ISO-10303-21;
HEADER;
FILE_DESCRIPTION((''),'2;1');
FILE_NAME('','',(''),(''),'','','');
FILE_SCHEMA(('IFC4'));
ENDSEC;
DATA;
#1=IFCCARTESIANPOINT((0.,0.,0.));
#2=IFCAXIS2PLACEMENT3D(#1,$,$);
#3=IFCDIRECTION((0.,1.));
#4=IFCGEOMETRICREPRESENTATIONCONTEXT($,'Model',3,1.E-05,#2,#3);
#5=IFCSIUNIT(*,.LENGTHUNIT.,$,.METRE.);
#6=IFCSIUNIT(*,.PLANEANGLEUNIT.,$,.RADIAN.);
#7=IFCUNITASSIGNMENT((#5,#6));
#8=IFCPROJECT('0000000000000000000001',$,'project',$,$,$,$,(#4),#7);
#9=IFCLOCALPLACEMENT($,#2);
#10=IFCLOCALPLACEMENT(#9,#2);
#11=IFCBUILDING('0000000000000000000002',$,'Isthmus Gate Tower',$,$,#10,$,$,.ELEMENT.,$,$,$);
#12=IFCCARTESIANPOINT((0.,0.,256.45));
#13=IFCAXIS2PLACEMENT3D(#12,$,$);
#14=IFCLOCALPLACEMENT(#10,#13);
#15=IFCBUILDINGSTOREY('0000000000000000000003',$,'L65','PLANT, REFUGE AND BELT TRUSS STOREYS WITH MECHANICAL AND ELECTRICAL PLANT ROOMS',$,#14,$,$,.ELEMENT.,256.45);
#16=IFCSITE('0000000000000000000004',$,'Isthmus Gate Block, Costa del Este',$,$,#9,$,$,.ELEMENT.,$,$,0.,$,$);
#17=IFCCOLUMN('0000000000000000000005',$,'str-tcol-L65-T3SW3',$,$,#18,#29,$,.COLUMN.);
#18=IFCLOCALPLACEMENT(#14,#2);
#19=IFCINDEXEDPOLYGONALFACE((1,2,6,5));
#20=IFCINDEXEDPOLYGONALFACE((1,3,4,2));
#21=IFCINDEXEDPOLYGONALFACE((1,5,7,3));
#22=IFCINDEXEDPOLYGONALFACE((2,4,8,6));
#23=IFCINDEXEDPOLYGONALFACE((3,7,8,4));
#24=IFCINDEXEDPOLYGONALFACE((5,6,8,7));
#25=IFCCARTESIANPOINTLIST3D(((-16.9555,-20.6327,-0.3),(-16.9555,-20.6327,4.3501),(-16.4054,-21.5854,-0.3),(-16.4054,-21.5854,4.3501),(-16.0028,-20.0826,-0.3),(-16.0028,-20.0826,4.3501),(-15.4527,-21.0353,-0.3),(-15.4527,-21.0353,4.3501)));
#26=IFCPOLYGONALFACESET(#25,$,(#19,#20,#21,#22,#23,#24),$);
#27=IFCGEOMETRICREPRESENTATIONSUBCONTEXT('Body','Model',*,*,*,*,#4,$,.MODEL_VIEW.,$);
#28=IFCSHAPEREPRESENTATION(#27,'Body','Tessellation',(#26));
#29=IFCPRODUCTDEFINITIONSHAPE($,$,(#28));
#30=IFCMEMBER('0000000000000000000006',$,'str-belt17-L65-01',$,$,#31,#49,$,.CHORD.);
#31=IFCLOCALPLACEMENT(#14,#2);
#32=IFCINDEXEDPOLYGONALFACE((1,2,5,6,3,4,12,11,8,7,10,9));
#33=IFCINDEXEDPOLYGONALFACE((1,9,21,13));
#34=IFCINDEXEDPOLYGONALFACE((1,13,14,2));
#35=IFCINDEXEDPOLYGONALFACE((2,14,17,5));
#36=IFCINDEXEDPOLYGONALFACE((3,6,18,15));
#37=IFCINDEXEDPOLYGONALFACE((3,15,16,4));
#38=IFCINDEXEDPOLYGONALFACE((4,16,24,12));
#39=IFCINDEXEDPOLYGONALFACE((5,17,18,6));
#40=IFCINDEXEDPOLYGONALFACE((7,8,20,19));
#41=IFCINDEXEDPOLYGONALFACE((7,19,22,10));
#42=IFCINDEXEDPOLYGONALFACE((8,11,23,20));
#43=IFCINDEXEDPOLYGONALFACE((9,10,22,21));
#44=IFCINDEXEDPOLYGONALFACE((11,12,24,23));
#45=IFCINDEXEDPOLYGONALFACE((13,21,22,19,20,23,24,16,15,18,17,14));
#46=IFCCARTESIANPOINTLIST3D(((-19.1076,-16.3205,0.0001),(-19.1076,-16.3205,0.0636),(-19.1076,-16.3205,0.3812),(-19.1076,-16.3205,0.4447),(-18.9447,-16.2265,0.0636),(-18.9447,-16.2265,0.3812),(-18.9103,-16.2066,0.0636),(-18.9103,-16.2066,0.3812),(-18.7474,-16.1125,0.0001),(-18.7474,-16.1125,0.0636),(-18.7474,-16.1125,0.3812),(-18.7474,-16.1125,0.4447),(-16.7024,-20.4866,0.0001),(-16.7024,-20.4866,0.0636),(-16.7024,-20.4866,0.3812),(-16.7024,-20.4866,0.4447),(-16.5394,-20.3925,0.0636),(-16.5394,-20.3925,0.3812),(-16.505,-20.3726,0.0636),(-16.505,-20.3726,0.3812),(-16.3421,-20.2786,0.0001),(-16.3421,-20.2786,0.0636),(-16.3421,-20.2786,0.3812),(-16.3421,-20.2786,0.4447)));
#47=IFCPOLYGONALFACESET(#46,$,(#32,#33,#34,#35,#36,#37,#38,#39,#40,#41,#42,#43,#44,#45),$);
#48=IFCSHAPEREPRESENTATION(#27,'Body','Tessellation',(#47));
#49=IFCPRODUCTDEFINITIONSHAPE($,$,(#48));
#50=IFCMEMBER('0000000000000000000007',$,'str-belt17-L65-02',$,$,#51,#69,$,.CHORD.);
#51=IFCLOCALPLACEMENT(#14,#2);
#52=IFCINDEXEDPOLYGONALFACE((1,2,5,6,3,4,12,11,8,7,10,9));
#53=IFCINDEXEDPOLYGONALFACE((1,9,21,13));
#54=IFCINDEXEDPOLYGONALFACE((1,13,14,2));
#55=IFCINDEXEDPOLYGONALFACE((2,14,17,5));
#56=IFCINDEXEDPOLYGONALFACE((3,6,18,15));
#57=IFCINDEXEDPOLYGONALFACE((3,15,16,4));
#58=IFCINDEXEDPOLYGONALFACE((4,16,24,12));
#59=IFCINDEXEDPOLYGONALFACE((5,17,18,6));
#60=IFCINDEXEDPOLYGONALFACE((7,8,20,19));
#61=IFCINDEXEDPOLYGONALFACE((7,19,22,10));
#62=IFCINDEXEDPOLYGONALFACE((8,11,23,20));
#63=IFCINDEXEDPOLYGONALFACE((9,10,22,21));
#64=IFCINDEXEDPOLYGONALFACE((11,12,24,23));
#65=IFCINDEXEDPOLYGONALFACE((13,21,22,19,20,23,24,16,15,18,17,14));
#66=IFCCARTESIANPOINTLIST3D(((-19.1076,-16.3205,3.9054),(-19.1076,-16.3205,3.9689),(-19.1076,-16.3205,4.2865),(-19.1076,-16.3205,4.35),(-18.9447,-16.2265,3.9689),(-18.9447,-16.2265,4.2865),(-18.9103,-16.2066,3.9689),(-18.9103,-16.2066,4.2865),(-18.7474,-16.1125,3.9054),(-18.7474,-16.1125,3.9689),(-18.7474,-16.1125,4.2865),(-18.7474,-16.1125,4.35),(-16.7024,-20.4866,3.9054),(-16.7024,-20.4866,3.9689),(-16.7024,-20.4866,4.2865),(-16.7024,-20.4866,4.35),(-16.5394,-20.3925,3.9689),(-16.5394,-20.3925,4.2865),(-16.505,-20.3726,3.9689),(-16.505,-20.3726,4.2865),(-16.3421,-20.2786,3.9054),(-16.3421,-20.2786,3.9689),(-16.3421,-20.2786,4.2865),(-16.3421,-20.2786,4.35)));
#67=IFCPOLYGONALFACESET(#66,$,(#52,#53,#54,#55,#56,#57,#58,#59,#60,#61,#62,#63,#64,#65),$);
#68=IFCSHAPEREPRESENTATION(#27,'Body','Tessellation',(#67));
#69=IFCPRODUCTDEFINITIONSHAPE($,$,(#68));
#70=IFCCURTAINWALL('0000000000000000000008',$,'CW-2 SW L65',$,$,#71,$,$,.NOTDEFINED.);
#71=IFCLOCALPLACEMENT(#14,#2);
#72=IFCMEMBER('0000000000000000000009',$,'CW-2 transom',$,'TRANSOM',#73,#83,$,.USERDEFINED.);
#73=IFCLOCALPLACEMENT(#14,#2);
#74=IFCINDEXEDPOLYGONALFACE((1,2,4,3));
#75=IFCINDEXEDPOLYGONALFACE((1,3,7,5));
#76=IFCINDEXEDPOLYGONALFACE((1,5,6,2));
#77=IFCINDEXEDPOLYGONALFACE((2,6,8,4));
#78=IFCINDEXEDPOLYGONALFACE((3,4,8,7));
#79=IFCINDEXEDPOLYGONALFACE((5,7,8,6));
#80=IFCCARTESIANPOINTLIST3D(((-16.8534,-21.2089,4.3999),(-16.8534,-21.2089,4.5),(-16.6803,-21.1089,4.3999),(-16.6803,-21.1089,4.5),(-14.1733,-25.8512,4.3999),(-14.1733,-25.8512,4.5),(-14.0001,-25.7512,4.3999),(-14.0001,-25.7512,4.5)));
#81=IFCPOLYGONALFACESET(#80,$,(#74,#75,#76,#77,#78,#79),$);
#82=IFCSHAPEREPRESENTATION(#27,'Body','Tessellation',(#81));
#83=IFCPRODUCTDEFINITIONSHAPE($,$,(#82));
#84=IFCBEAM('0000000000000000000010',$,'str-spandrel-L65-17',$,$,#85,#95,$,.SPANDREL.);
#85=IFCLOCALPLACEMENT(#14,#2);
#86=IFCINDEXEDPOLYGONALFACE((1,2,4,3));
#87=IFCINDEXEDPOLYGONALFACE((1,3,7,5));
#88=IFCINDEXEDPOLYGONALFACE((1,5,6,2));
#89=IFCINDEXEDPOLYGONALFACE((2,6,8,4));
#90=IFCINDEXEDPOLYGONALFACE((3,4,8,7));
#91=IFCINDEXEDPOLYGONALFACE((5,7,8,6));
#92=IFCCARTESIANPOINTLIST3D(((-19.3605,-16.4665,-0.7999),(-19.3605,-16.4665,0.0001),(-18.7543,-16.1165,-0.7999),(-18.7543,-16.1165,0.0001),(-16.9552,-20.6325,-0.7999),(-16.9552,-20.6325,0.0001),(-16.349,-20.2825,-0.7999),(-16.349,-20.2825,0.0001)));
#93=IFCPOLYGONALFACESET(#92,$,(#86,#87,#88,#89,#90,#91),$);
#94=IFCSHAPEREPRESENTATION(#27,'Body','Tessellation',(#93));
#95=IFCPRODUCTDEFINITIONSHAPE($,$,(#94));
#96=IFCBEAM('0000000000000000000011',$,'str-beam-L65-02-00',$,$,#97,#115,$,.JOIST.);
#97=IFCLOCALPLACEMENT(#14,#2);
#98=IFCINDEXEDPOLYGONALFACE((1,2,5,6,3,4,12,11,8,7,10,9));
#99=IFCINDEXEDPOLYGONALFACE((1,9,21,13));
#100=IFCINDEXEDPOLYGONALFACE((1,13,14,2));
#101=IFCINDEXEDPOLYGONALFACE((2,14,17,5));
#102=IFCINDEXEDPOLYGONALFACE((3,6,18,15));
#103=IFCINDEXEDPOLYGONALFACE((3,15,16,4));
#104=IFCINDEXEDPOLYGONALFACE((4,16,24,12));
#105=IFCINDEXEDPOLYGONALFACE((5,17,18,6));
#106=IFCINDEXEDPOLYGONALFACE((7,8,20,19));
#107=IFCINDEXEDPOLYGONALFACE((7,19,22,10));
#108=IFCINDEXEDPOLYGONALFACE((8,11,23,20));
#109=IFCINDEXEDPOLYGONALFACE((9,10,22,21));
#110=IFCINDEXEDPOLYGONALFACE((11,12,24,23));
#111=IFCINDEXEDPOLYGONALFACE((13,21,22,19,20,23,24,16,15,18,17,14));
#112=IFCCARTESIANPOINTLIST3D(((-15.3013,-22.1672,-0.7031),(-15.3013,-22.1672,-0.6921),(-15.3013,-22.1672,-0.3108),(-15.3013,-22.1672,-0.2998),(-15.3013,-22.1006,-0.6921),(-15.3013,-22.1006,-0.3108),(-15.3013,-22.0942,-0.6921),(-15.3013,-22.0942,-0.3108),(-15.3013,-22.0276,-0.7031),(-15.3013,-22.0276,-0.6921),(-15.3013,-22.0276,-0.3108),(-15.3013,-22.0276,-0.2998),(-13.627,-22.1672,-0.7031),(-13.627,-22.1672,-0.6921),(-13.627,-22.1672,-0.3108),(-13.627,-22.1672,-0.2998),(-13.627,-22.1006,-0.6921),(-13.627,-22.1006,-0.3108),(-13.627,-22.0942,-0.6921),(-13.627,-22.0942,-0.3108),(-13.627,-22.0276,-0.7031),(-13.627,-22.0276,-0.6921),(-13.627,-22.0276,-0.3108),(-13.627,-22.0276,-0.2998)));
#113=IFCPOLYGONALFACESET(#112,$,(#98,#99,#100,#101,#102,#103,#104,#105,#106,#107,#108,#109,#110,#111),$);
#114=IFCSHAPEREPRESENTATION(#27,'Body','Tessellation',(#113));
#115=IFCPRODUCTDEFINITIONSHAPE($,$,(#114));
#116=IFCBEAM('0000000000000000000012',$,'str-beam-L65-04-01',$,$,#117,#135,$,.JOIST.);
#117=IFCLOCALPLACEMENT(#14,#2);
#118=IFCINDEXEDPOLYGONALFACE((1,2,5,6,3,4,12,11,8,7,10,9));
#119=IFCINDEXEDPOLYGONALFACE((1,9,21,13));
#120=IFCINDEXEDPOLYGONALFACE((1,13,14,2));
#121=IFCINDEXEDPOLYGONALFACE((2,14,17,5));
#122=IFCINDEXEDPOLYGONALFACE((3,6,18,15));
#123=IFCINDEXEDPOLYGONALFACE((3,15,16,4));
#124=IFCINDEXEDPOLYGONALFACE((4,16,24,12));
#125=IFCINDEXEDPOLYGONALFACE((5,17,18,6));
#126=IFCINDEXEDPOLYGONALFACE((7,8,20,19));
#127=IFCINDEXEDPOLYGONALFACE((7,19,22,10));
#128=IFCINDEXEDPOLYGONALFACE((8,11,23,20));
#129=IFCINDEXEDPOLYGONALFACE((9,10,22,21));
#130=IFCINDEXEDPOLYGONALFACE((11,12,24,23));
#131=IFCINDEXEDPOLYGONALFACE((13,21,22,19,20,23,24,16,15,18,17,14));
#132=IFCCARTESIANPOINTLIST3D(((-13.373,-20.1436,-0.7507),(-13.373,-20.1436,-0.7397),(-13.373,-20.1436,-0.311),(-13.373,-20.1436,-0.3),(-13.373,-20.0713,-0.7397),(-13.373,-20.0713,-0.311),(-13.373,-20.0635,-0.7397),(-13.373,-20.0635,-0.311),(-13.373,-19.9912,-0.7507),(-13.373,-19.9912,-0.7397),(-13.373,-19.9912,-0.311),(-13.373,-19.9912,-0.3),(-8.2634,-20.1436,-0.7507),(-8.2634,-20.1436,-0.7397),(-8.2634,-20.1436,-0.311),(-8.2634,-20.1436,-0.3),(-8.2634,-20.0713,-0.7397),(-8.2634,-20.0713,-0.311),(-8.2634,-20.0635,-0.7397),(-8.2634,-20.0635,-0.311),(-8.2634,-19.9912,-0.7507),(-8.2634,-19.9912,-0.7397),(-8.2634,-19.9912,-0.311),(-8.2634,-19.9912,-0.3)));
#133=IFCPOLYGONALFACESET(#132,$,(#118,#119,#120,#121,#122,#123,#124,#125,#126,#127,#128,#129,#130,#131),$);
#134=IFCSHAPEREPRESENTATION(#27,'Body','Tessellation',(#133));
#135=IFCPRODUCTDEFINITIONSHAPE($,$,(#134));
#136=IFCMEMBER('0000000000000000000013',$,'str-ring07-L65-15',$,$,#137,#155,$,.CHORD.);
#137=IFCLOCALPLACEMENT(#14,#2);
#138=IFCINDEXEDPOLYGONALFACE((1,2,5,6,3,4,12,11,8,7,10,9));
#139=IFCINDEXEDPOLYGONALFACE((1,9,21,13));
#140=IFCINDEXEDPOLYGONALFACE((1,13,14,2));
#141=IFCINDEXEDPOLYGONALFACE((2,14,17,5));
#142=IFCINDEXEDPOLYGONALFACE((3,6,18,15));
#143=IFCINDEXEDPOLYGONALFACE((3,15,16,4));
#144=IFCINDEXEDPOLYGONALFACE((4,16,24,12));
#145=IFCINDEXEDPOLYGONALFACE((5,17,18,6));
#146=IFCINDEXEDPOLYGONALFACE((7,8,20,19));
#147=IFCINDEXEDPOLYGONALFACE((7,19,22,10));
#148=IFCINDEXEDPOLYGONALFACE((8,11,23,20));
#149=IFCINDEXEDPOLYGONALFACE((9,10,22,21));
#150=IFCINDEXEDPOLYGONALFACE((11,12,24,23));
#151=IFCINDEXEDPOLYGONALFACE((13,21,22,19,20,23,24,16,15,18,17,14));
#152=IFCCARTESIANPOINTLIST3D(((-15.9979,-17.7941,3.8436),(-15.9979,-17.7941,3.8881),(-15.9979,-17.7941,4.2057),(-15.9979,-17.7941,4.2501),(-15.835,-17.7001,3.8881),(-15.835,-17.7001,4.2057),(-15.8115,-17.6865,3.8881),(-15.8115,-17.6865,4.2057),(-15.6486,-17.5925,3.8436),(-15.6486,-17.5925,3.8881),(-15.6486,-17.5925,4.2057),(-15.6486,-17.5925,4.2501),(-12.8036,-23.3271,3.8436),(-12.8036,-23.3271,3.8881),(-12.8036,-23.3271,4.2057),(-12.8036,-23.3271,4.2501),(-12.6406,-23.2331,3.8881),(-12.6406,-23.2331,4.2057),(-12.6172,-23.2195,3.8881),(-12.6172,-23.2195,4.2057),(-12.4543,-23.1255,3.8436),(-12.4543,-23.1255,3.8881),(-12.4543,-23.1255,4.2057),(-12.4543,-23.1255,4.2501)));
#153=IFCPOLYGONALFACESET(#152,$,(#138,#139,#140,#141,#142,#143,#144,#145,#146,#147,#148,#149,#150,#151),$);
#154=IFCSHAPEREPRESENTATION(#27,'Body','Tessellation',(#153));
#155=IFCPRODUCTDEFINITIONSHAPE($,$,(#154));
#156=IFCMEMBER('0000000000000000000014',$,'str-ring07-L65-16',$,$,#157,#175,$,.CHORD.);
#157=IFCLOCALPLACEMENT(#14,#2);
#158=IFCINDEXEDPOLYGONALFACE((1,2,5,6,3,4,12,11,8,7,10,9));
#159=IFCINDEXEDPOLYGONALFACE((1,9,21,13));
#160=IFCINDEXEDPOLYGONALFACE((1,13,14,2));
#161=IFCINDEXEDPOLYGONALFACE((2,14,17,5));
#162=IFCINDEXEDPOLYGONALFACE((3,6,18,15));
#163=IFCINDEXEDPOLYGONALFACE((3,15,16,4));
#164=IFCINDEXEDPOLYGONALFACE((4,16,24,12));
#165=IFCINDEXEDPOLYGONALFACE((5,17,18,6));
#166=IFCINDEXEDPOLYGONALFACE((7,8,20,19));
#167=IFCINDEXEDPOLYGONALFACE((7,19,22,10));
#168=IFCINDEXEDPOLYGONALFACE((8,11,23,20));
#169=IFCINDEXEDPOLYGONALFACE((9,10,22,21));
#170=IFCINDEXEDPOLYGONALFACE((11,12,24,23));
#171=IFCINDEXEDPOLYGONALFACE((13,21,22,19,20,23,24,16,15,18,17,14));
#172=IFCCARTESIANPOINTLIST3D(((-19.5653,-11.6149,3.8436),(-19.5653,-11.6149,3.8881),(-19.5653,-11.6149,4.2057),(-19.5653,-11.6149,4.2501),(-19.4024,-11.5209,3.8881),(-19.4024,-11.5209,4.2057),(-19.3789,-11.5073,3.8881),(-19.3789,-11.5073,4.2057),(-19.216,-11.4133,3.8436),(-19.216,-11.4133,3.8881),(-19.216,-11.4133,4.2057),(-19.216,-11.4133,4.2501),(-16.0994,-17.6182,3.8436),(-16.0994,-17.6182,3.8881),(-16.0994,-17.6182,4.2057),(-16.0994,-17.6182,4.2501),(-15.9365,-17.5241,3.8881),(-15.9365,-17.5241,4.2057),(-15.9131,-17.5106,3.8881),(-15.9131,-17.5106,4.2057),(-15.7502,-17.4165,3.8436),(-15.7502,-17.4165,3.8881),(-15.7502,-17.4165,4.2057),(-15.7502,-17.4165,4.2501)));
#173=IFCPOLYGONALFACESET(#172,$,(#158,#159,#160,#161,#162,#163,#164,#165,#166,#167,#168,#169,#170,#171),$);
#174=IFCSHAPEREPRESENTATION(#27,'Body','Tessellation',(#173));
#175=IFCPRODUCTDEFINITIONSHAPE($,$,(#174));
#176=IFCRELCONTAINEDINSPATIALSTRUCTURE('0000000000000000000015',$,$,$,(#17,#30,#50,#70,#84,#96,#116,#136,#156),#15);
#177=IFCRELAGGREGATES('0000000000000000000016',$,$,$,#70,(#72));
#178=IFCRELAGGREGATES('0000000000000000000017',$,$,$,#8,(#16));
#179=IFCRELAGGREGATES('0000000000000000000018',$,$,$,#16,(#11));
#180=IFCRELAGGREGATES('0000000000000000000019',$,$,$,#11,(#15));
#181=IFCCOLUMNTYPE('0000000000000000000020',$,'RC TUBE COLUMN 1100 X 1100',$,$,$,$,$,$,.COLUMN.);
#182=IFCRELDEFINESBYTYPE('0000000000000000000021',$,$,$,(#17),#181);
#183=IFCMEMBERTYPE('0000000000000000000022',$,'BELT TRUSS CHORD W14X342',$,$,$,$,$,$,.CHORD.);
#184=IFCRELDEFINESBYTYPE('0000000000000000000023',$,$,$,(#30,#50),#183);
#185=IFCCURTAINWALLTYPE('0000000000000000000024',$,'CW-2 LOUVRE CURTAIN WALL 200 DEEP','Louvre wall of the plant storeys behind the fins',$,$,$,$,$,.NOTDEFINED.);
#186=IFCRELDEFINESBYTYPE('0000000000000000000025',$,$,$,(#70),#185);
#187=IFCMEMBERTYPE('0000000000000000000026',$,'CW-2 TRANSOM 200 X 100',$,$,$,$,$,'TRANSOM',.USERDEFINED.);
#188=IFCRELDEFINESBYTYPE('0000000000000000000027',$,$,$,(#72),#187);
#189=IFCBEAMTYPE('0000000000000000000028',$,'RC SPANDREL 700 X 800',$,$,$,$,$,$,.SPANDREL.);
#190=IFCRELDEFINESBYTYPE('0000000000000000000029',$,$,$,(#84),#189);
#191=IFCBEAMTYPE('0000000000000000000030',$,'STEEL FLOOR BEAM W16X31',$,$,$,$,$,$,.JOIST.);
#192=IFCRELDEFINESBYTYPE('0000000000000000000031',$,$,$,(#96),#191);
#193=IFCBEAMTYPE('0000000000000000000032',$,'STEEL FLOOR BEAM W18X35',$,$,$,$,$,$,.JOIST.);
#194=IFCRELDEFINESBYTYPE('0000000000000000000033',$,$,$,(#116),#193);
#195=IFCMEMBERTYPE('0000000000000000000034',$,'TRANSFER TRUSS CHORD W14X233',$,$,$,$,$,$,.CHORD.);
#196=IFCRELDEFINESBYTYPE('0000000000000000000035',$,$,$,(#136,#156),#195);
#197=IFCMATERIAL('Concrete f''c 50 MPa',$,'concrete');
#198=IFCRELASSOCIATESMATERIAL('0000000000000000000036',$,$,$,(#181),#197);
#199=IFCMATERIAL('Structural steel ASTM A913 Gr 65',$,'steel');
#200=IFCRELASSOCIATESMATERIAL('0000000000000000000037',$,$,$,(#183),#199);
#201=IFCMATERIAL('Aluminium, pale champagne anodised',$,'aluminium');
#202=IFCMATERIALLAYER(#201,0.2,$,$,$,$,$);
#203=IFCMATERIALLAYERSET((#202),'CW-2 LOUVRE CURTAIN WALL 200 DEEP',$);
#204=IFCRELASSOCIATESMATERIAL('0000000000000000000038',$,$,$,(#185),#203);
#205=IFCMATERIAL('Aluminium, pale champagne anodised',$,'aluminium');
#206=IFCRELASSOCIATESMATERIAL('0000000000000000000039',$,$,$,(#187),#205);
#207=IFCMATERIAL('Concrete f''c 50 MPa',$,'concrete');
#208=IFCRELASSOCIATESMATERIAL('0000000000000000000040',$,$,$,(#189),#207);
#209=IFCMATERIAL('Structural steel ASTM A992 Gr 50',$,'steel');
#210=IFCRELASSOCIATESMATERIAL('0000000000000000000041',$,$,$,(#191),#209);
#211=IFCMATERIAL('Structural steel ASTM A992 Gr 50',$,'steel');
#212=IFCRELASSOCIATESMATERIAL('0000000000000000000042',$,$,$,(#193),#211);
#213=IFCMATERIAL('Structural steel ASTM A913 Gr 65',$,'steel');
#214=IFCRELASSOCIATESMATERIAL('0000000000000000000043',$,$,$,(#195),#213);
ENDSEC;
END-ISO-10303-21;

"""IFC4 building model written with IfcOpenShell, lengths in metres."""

from ifc_helpers import new_model, si_unit, direction, frame, origin, origin_2d, place, context, subcontext, project, spatial, rectangle, i_section, extrude, material, layer, layer_set, material_profile, profile_set, type_object, element, aggregate, save


model = new_model("IFC4")

# Units and contexts
model_context = context("Model", 3, precision=1e-05, world=origin(), true_north=direction((0.0, 1.0)))
body_context = subcontext(model_context, "Body", "Model", "MODEL_VIEW")
ifc_project = project(units=[si_unit("LENGTHUNIT", "METRE"), si_unit("PLANEANGLEUNIT", "RADIAN")], contexts=[model_context])

# Site, building, storey
site_placement = place(None, origin())
site = spatial("IfcSite", under=ifc_project, at=site_placement, Name="Isthmus Gate Block, Costa del Este", CompositionType="ELEMENT", RefElevation=0.0)
building_placement = place(site_placement, origin())
building = spatial("IfcBuilding", under=site, at=building_placement, Name="Isthmus Gate Tower", CompositionType="ELEMENT")
storey_placement = place(building_placement, frame((0.0, 0.0, 256.45)))
storey = spatial("IfcBuildingStorey", under=building, at=storey_placement, Name="L65", Description="PLANT, REFUGE AND BELT TRUSS STOREYS WITH MECHANICAL AND ELECTRICAL PLANT ROOMS", CompositionType="ELEMENT", Elevation=256.45)

# Column
ifc_material_1 = material(Name="Concrete f'c 50 MPa", Category="concrete")
ifc_material_profile_1 = material_profile(ifc_material_1, rectangle(XDim=1.1001, YDim=1.1001, at=origin_2d()), Name="RC 1100X1100")
ifc_profile_set_1 = profile_set([ifc_material_profile_1], Name="Concrete f'c 50 MPa")
column_type = type_object("IfcColumnType", Name="RC TUBE COLUMN 1100 X 1100", PredefinedType="COLUMN", material=ifc_profile_set_1)
column_placement = place(storey_placement, frame((-16.2041, -20.834, -0.3), z_axis=(0.0, 0.0, 1.0), x_axis=(0.5, -0.866025, 0.0)))
element("IfcColumn", 1, at=column_placement, inside=storey, type_object=column_type, Name="str-tcol-L65-T3SW3", PredefinedType="COLUMN", context=body_context, shape_type="SweptSolid", body=[
    extrude(rectangle(XDim=1.1001, YDim=1.1001, at=origin_2d()), origin(), (0.0, 0.0, 1.0), 4.6501),
])

# Members
ifc_material_2 = material(Name="Structural steel ASTM A913 Gr 65", Category="steel")
ifc_material_profile_2 = material_profile(ifc_material_2, i_section(OverallWidth=0.416, OverallDepth=0.4446, WebThickness=0.0398, FlangeThickness=0.0635, at=origin_2d()), Name="W14X342")
ifc_profile_set_2 = profile_set([ifc_material_profile_2], Name="Structural steel ASTM A913 Gr 65")
member_type_1 = type_object("IfcMemberType", Name="BELT TRUSS CHORD W14X342", PredefinedType="CHORD", material=ifc_profile_set_2)
for number, where, z_axis, x_axis, name in (
    (2, (-16.5222, -20.3826, 0.2224), (-0.500004, 0.866023, 0.0), (-0.866023, -0.500004, 0.0), "str-belt17-L65-01"),
    (3, (-16.5222, -20.3826, 4.1277), (-0.500004, 0.866023, 0.0), (-0.866023, -0.500004, 0.0), "str-belt17-L65-02"),
):
    element("IfcMember", number, at=place(storey_placement, frame(where, z_axis=z_axis, x_axis=x_axis)), inside=storey, type_object=member_type_1, Name=name, PredefinedType="CHORD", context=body_context, shape_type="SweptSolid", body=[
        extrude(i_section(OverallWidth=0.416, OverallDepth=0.4446, WebThickness=0.0398, FlangeThickness=0.0635, at=origin_2d()), origin(), (0.0, 0.0, 1.0), 4.8105),
    ])

# Curtain wall, member
ifc_material_3 = material(Name="Aluminium, pale champagne anodised", Category="aluminium")
ifc_layer_1 = layer(ifc_material_3, 0.2)
ifc_layer_set_1 = layer_set([ifc_layer_1], Name="CW-2 LOUVRE CURTAIN WALL 200 DEEP")
curtain_wall_type = type_object("IfcCurtainWallType", Name="CW-2 LOUVRE CURTAIN WALL 200 DEEP", Description="Louvre wall of the plant storeys behind the fins", PredefinedType="NOTDEFINED", material=ifc_layer_set_1)
curtain_wall_placement = place(storey_placement, origin())
curtain_wall = element("IfcCurtainWall", 4, at=curtain_wall_placement, inside=storey, type_object=curtain_wall_type, Name="CW-2 SW L65", PredefinedType="NOTDEFINED")
ifc_material_4 = material(Name="Aluminium, pale champagne anodised", Category="aluminium")
ifc_material_profile_3 = material_profile(ifc_material_4, rectangle(XDim=0.2, YDim=0.1001, at=origin_2d()), Name="200x100")
ifc_profile_set_3 = profile_set([ifc_material_profile_3], Name="Aluminium, pale champagne anodised")
member_type_2 = type_object("IfcMemberType", Name="CW-2 TRANSOM 200 X 100", ElementType="TRANSOM", PredefinedType="USERDEFINED", material=ifc_profile_set_3)
member_1_placement = place(storey_placement, frame((-16.7668, -21.1589, 4.45), z_axis=(0.499989, -0.866032, 0.0), x_axis=(0.866032, 0.499989, 0.0)))
member_1 = element("IfcMember", 5, at=member_1_placement, type_object=member_type_2, Name="CW-2 transom", ObjectType="TRANSOM", PredefinedType="USERDEFINED", context=body_context, shape_type="SweptSolid", body=[
    extrude(rectangle(XDim=0.2, YDim=0.1001, at=origin_2d()), origin(), (0.0, 0.0, 1.0), 5.3604),
])

# Beams
ifc_material_5 = material(Name="Concrete f'c 50 MPa", Category="concrete")
ifc_material_profile_4 = material_profile(ifc_material_5, rectangle(XDim=0.7, YDim=0.8, at=origin_2d()), Name="RC 700X800")
ifc_profile_set_4 = profile_set([ifc_material_profile_4], Name="Concrete f'c 50 MPa")
beam_type_1 = type_object("IfcBeamType", Name="RC SPANDREL 700 X 800", PredefinedType="SPANDREL", material=ifc_profile_set_4)
beam_1_placement = place(storey_placement, frame((-16.6521, -20.4575, -0.3999), z_axis=(-0.500004, 0.866023, 0.0), x_axis=(-0.866023, -0.500004, 0.0)))
element("IfcBeam", 6, at=beam_1_placement, inside=storey, type_object=beam_type_1, Name="str-spandrel-L65-17", PredefinedType="SPANDREL", context=body_context, shape_type="SweptSolid", body=[
    extrude(rectangle(XDim=0.7, YDim=0.8, at=origin_2d()), origin(), (0.0, 0.0, 1.0), 4.8105),
])
ifc_material_6 = material(Name="Structural steel ASTM A992 Gr 50", Category="steel")
ifc_material_profile_5 = material_profile(ifc_material_6, i_section(OverallWidth=0.1396, OverallDepth=0.4033, WebThickness=0.0063, FlangeThickness=0.011, at=origin_2d()), Name="W16X31")
ifc_profile_set_5 = profile_set([ifc_material_profile_5], Name="Structural steel ASTM A992 Gr 50")
beam_type_2 = type_object("IfcBeamType", Name="STEEL FLOOR BEAM W16X31", PredefinedType="JOIST", material=ifc_profile_set_5)
beam_2_placement = place(storey_placement, frame((-15.3013, -22.0974, -0.5015), z_axis=(1.0, 0.0, 0.0), x_axis=(0.0, 1.0, 0.0)))
element("IfcBeam", 7, at=beam_2_placement, inside=storey, type_object=beam_type_2, Name="str-beam-L65-02-00", PredefinedType="JOIST", context=body_context, shape_type="SweptSolid", body=[
    extrude(i_section(OverallWidth=0.1396, OverallDepth=0.4033, WebThickness=0.0063, FlangeThickness=0.011, at=origin_2d()), origin(), (0.0, 0.0, 1.0), 1.6743),
])
ifc_material_7 = material(Name="Structural steel ASTM A992 Gr 50", Category="steel")
ifc_material_profile_6 = material_profile(ifc_material_7, i_section(OverallWidth=0.1523, OverallDepth=0.4507, WebThickness=0.0078, FlangeThickness=0.011, at=origin_2d()), Name="W18X35")
ifc_profile_set_6 = profile_set([ifc_material_profile_6], Name="Structural steel ASTM A992 Gr 50")
beam_type_3 = type_object("IfcBeamType", Name="STEEL FLOOR BEAM W18X35", PredefinedType="JOIST", material=ifc_profile_set_6)
beam_3_placement = place(storey_placement, frame((-13.373, -20.0674, -0.5254), z_axis=(1.0, 0.0, 0.0), x_axis=(0.0, 1.0, 0.0)))
element("IfcBeam", 8, at=beam_3_placement, inside=storey, type_object=beam_type_3, Name="str-beam-L65-04-01", PredefinedType="JOIST", context=body_context, shape_type="SweptSolid", body=[
    extrude(i_section(OverallWidth=0.1523, OverallDepth=0.4507, WebThickness=0.0078, FlangeThickness=0.011, at=origin_2d()), origin(), (0.0, 0.0, 1.0), 5.1096),
])

# Members
ifc_material_8 = material(Name="Structural steel ASTM A913 Gr 65", Category="steel")
ifc_material_profile_7 = material_profile(ifc_material_8, i_section(OverallWidth=0.4033, OverallDepth=0.4065, WebThickness=0.0271, FlangeThickness=0.0444, at=origin_2d()), Name="W14X233")
ifc_profile_set_7 = profile_set([ifc_material_profile_7], Name="Structural steel ASTM A913 Gr 65")
member_type_3 = type_object("IfcMemberType", Name="TRANSFER TRUSS CHORD W14X233", PredefinedType="CHORD", material=ifc_profile_set_7)
member_2_placement = place(storey_placement, frame((-12.6289, -23.2263, 4.0469), z_axis=(-0.499986, 0.866033, 0.0), x_axis=(-0.866033, -0.499986, 0.0)))
element("IfcMember", 9, at=member_2_placement, inside=storey, type_object=member_type_3, Name="str-ring07-L65-15", PredefinedType="CHORD", context=body_context, shape_type="SweptSolid", body=[
    extrude(i_section(OverallWidth=0.4033, OverallDepth=0.4065, WebThickness=0.0271, FlangeThickness=0.0444, at=origin_2d()), origin(), (0.0, 0.0, 1.0), 6.3889),
])
member_3_placement = place(storey_placement, frame((-15.9248, -17.5173, 4.0469), z_axis=(-0.499988, 0.866033, 0.0), x_axis=(-0.866033, -0.499988, 0.0)))
element("IfcMember", 10, at=member_3_placement, inside=storey, type_object=member_type_3, Name="str-ring07-L65-16", PredefinedType="CHORD", context=body_context, shape_type="SweptSolid", body=[
    extrude(i_section(OverallWidth=0.4033, OverallDepth=0.4065, WebThickness=0.0271, FlangeThickness=0.0444, at=origin_2d()), origin(), (0.0, 0.0, 1.0), 6.9319),
])

aggregate(curtain_wall, [member_1])

save(model, "model.ifc")
